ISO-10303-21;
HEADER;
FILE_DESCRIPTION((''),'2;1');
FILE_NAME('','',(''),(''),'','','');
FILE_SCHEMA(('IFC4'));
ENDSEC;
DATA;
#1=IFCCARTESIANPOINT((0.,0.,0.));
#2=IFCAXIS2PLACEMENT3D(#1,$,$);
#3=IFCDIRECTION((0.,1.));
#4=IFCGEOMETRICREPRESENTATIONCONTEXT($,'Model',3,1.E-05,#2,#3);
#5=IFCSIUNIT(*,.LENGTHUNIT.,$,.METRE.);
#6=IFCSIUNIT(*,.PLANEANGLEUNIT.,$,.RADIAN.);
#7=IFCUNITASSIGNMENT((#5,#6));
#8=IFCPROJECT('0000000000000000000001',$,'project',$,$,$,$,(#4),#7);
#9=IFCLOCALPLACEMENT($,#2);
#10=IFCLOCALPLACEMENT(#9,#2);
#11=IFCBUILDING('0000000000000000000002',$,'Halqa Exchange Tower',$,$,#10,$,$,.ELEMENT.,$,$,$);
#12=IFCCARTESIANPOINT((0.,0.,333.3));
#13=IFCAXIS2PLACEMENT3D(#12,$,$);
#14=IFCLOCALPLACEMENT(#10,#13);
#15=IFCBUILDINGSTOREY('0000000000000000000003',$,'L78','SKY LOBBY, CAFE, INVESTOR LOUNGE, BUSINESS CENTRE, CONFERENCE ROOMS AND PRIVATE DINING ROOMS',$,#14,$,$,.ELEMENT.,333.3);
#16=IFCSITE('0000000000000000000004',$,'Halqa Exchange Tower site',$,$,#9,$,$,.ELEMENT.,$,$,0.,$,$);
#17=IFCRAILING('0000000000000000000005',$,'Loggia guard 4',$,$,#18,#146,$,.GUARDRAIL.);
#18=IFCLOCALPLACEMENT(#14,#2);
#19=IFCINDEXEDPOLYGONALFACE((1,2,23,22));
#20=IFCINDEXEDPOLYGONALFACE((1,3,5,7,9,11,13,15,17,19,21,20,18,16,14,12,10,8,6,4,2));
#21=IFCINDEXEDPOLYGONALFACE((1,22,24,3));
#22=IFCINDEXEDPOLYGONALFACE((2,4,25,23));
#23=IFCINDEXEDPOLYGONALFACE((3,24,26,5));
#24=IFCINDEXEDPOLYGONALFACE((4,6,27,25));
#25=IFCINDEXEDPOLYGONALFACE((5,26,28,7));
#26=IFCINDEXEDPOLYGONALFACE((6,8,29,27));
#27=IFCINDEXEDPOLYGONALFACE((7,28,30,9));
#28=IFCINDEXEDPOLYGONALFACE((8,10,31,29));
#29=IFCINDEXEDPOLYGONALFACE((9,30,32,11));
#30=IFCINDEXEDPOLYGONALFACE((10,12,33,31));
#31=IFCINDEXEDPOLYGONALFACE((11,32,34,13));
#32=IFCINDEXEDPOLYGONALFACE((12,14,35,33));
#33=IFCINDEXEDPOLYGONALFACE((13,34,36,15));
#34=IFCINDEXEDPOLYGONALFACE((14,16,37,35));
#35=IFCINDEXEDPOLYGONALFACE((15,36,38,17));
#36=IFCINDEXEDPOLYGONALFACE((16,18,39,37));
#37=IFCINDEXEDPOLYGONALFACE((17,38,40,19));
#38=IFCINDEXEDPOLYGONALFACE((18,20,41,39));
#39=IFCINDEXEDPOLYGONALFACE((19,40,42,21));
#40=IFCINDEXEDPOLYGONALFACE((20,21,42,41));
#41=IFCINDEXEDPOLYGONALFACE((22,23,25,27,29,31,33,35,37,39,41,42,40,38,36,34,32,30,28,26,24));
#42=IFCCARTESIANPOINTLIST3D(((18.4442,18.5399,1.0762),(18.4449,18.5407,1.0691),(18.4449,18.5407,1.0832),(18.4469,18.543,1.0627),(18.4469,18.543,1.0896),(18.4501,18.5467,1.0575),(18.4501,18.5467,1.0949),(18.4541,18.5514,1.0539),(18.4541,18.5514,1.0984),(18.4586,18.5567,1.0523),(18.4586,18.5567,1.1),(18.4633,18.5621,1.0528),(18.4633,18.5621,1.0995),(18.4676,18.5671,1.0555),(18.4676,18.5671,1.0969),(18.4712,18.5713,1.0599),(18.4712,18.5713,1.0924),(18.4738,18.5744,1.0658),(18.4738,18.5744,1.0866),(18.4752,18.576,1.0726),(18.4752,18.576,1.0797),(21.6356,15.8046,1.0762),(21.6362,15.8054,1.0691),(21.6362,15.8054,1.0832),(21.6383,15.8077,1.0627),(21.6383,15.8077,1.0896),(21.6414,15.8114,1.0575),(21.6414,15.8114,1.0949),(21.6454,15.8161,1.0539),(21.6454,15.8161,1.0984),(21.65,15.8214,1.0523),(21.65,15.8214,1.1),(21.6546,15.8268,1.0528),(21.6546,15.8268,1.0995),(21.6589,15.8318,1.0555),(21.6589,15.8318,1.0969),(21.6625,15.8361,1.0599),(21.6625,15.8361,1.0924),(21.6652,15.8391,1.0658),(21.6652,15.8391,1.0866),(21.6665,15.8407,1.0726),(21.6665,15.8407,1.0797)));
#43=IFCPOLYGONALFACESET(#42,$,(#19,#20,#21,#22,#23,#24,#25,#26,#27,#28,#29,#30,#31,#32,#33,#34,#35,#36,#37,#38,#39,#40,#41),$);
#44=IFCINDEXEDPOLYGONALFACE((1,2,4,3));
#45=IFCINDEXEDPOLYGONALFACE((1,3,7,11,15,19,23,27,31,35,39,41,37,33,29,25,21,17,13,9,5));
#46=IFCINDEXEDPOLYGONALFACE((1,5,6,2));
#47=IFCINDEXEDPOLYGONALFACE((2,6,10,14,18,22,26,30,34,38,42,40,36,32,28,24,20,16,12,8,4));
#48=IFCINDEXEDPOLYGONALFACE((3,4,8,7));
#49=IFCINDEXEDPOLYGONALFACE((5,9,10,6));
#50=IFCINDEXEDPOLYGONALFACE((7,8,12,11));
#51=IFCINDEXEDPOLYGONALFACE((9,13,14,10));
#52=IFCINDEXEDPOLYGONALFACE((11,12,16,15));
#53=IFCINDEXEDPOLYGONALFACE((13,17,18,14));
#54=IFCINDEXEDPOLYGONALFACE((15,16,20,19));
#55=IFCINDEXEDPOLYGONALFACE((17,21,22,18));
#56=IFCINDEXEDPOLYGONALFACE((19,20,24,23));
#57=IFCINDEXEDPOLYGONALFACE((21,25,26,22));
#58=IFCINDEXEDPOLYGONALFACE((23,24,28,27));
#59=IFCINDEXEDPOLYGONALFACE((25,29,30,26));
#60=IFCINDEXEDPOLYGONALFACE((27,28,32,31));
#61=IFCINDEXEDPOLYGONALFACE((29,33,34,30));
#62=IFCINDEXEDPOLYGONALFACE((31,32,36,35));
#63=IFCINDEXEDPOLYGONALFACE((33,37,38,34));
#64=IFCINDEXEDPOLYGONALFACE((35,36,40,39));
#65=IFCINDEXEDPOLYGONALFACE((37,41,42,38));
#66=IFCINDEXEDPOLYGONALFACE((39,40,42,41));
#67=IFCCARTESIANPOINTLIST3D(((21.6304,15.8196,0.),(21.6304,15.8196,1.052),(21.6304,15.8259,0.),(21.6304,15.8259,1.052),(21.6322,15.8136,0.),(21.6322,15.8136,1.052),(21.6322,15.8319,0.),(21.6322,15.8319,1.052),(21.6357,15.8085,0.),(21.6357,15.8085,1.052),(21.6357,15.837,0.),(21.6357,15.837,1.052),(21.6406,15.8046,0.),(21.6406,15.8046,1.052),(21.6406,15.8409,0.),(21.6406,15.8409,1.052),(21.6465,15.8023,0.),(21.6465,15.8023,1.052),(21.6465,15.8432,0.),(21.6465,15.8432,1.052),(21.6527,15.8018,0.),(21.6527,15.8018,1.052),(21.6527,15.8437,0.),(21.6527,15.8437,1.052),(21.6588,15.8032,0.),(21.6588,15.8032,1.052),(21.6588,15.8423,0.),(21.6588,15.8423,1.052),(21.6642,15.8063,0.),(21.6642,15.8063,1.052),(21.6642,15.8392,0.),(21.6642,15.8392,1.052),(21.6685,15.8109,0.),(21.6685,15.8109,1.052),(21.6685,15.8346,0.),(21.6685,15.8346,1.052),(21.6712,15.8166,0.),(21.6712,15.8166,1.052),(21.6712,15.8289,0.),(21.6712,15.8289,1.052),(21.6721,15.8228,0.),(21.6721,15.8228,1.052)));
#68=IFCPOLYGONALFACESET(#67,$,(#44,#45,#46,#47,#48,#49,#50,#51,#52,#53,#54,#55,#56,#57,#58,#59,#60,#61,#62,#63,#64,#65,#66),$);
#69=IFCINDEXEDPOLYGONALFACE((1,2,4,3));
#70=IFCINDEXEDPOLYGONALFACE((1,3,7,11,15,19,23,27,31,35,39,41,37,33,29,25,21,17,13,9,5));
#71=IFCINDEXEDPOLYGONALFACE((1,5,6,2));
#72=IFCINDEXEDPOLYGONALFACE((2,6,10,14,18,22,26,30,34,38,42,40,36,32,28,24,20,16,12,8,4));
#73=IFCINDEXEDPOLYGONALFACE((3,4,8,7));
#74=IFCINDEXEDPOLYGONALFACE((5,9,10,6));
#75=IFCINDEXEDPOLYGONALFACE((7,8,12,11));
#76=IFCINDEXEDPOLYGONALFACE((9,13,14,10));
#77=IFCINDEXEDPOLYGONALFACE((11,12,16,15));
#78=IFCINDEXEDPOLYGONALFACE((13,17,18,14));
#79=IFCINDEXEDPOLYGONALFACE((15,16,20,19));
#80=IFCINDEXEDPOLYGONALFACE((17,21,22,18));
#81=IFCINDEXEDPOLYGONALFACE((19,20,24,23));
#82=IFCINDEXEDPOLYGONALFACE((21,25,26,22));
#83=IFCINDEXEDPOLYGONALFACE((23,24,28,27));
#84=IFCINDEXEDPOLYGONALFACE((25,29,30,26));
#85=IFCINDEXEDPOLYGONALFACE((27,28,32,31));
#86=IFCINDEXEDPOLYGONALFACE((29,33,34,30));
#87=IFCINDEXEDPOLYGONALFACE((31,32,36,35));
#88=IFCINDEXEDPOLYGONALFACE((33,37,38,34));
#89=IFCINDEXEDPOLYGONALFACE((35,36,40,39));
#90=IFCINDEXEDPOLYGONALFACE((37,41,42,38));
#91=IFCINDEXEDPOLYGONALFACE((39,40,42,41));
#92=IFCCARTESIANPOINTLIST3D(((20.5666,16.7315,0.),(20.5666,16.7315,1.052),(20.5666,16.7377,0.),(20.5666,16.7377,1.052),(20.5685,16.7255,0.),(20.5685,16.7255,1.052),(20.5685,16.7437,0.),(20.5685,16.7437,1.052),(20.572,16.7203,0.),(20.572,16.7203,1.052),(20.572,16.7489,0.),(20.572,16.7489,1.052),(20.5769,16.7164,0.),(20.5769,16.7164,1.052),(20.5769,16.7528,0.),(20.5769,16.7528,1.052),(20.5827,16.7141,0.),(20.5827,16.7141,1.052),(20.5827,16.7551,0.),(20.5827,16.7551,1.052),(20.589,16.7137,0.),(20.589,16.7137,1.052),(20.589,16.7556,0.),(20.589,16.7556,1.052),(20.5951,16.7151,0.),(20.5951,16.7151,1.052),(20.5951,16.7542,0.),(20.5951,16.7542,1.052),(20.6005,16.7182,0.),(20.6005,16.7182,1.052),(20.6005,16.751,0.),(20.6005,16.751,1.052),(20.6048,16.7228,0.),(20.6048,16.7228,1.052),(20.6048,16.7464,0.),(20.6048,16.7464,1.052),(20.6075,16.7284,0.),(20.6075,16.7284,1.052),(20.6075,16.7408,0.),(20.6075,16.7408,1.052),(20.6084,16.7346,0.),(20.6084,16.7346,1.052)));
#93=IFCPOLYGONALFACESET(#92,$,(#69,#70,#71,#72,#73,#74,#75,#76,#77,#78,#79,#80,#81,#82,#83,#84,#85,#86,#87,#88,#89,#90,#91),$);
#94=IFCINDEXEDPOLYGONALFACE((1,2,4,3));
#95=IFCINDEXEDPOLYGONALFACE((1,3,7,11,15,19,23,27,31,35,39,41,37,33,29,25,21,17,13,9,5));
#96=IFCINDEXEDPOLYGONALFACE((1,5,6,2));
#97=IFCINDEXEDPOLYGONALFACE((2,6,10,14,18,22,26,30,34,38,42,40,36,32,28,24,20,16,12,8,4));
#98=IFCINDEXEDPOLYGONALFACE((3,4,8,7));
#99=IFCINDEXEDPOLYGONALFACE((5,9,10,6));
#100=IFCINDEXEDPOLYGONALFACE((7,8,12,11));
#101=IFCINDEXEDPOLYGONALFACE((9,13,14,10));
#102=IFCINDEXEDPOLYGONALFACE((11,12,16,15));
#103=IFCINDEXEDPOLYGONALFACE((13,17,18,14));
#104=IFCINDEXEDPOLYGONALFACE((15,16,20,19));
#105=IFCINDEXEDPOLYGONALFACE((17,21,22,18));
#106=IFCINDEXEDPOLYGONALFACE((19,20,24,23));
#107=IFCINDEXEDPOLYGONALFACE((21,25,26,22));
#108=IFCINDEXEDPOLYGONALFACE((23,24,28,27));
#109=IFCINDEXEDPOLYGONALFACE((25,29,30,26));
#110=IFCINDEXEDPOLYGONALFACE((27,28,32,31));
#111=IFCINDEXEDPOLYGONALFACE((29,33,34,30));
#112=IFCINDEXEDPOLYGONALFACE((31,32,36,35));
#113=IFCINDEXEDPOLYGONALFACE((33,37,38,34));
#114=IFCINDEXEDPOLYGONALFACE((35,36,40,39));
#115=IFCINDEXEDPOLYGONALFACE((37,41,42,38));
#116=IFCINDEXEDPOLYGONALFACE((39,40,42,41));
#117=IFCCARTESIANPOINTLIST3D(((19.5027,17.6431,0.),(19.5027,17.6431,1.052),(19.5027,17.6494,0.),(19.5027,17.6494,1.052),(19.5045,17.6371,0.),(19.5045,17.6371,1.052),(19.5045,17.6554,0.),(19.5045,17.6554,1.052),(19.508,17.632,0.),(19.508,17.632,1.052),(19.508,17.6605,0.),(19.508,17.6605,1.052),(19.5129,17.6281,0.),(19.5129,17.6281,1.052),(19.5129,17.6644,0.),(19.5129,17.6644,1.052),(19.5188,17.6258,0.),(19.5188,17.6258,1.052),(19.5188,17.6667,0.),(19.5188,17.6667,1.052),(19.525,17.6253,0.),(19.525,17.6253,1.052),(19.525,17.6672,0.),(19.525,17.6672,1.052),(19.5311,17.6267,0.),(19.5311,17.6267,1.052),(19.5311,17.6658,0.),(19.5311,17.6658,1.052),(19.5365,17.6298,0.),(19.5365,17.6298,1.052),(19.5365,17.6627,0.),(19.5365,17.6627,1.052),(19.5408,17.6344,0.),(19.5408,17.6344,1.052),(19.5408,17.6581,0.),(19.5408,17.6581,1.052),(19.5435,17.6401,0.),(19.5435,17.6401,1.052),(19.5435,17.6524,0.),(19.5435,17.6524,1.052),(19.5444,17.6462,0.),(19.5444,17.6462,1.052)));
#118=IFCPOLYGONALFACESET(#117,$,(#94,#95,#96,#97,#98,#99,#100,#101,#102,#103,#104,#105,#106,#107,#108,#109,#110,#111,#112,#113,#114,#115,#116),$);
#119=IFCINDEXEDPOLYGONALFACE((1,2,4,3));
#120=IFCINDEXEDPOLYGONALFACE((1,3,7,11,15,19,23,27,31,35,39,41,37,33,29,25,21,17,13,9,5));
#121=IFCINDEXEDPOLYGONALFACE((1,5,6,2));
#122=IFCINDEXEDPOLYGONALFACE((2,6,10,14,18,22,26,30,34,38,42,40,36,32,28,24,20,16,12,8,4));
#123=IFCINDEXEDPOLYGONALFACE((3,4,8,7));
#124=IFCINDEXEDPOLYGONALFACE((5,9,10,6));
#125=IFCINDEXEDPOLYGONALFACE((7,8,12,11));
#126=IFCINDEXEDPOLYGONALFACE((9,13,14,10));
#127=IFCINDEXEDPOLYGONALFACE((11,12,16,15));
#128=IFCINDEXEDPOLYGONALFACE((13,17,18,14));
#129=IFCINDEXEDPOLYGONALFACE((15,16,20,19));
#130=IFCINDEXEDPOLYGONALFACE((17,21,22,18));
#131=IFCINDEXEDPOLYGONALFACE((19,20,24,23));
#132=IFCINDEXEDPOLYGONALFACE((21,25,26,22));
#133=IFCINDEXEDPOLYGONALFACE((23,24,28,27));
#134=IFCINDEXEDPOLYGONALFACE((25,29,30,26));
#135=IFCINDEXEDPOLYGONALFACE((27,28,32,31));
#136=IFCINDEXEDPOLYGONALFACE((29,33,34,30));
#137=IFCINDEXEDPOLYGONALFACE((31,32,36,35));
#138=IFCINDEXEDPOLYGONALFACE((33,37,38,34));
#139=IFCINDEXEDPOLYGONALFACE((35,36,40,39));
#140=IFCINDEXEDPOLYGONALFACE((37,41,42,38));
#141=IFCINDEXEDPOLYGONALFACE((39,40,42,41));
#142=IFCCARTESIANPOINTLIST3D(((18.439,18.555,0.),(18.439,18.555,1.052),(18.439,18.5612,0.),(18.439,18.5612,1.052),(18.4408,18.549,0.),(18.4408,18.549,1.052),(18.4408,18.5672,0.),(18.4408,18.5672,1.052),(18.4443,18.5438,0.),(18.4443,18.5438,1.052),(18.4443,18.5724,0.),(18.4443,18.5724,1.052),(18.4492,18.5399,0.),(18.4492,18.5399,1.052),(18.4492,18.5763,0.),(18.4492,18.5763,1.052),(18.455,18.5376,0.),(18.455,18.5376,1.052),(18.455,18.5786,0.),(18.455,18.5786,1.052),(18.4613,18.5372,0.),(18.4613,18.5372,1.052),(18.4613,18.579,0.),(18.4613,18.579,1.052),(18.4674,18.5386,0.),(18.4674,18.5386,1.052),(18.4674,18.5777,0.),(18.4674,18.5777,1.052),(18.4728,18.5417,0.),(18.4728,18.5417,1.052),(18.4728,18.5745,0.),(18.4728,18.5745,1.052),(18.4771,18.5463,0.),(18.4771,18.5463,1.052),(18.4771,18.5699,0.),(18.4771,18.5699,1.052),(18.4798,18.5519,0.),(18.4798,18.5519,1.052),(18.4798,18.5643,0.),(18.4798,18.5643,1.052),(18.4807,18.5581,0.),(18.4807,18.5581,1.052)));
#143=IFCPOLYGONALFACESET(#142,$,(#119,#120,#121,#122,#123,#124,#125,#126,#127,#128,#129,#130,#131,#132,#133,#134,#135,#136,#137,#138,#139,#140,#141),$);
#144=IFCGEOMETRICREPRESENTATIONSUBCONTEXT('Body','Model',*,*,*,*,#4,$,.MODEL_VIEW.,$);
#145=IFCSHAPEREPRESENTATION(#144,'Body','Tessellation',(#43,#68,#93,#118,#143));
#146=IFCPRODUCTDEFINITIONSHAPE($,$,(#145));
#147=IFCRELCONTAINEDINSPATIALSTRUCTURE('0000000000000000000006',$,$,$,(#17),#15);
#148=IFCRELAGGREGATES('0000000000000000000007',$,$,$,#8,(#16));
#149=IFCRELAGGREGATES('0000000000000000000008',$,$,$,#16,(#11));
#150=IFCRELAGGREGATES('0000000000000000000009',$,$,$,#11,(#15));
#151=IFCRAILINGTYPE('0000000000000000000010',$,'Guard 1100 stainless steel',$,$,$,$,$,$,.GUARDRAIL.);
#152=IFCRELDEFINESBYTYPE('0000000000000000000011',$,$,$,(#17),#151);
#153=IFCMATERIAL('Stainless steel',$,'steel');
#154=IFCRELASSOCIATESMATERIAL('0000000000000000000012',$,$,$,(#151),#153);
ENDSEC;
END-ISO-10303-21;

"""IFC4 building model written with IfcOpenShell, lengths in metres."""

from ifc_helpers import new_model, si_unit, direction, frame, origin, origin_2d, place, context, subcontext, project, spatial, circle, extrude, material, type_object, element, save


model = new_model("IFC4")

# Units and contexts
model_context = context("Model", 3, precision=1e-05, world=origin(), true_north=direction((0.0, 1.0)))
body_context = subcontext(model_context, "Body", "Model", "MODEL_VIEW")
ifc_project = project(units=[si_unit("LENGTHUNIT", "METRE"), si_unit("PLANEANGLEUNIT", "RADIAN")], contexts=[model_context])

# Site, building, storey
site_placement = place(None, origin())
site = spatial("IfcSite", under=ifc_project, at=site_placement, Name="Halqa Exchange Tower site", CompositionType="ELEMENT", RefElevation=0.0)
building_placement = place(site_placement, origin())
building = spatial("IfcBuilding", under=site, at=building_placement, Name="Halqa Exchange Tower", CompositionType="ELEMENT")
storey_placement = place(building_placement, frame((0.0, 0.0, 333.3)))
storey = spatial("IfcBuildingStorey", under=building, at=storey_placement, Name="L78", Description="SKY LOBBY, CAFE, INVESTOR LOUNGE, BUSINESS CENTRE, CONFERENCE ROOMS AND PRIVATE DINING ROOMS", CompositionType="ELEMENT", Elevation=333.3)

# Railing
ifc_material_1 = material(Name="Stainless steel", Category="steel")
railing_type = type_object("IfcRailingType", Name="Guard 1100 stainless steel", PredefinedType="GUARDRAIL", material=ifc_material_1)
railing_1_placement = place(storey_placement, frame((21.6511, 15.8228, 0.0)))
element("IfcRailing", 1, at=railing_1_placement, inside=storey, type_object=railing_type, Name="Loggia guard 4", PredefinedType="GUARDRAIL", context=body_context, shape_type="SweptSolid", body=[
    extrude(circle(Radius=0.0239, at=origin_2d()), frame((0.0, 0.0, 1.0762), z_axis=(-0.759273, 0.650772, 0.0), x_axis=(-0.650772, -0.759273, 0.0)), (0.0, 0.0, 1.0), 4.2031),
    extrude(circle(Radius=0.021, at=origin_2d()), origin(), (0.0, 0.0, 1.0), 1.052),
    extrude(circle(Radius=0.021, at=origin_2d()), frame((-1.0637, 0.9119, 0.0)), (0.0, 0.0, 1.0), 1.052),
    extrude(circle(Radius=0.021, at=origin_2d()), frame((-2.1277, 1.8235, 0.0)), (0.0, 0.0, 1.0), 1.052),
    extrude(circle(Radius=0.021, at=origin_2d()), frame((-3.1914, 2.7354, 0.0)), (0.0, 0.0, 1.0), 1.052),
])

save(model, "model.ifc")
